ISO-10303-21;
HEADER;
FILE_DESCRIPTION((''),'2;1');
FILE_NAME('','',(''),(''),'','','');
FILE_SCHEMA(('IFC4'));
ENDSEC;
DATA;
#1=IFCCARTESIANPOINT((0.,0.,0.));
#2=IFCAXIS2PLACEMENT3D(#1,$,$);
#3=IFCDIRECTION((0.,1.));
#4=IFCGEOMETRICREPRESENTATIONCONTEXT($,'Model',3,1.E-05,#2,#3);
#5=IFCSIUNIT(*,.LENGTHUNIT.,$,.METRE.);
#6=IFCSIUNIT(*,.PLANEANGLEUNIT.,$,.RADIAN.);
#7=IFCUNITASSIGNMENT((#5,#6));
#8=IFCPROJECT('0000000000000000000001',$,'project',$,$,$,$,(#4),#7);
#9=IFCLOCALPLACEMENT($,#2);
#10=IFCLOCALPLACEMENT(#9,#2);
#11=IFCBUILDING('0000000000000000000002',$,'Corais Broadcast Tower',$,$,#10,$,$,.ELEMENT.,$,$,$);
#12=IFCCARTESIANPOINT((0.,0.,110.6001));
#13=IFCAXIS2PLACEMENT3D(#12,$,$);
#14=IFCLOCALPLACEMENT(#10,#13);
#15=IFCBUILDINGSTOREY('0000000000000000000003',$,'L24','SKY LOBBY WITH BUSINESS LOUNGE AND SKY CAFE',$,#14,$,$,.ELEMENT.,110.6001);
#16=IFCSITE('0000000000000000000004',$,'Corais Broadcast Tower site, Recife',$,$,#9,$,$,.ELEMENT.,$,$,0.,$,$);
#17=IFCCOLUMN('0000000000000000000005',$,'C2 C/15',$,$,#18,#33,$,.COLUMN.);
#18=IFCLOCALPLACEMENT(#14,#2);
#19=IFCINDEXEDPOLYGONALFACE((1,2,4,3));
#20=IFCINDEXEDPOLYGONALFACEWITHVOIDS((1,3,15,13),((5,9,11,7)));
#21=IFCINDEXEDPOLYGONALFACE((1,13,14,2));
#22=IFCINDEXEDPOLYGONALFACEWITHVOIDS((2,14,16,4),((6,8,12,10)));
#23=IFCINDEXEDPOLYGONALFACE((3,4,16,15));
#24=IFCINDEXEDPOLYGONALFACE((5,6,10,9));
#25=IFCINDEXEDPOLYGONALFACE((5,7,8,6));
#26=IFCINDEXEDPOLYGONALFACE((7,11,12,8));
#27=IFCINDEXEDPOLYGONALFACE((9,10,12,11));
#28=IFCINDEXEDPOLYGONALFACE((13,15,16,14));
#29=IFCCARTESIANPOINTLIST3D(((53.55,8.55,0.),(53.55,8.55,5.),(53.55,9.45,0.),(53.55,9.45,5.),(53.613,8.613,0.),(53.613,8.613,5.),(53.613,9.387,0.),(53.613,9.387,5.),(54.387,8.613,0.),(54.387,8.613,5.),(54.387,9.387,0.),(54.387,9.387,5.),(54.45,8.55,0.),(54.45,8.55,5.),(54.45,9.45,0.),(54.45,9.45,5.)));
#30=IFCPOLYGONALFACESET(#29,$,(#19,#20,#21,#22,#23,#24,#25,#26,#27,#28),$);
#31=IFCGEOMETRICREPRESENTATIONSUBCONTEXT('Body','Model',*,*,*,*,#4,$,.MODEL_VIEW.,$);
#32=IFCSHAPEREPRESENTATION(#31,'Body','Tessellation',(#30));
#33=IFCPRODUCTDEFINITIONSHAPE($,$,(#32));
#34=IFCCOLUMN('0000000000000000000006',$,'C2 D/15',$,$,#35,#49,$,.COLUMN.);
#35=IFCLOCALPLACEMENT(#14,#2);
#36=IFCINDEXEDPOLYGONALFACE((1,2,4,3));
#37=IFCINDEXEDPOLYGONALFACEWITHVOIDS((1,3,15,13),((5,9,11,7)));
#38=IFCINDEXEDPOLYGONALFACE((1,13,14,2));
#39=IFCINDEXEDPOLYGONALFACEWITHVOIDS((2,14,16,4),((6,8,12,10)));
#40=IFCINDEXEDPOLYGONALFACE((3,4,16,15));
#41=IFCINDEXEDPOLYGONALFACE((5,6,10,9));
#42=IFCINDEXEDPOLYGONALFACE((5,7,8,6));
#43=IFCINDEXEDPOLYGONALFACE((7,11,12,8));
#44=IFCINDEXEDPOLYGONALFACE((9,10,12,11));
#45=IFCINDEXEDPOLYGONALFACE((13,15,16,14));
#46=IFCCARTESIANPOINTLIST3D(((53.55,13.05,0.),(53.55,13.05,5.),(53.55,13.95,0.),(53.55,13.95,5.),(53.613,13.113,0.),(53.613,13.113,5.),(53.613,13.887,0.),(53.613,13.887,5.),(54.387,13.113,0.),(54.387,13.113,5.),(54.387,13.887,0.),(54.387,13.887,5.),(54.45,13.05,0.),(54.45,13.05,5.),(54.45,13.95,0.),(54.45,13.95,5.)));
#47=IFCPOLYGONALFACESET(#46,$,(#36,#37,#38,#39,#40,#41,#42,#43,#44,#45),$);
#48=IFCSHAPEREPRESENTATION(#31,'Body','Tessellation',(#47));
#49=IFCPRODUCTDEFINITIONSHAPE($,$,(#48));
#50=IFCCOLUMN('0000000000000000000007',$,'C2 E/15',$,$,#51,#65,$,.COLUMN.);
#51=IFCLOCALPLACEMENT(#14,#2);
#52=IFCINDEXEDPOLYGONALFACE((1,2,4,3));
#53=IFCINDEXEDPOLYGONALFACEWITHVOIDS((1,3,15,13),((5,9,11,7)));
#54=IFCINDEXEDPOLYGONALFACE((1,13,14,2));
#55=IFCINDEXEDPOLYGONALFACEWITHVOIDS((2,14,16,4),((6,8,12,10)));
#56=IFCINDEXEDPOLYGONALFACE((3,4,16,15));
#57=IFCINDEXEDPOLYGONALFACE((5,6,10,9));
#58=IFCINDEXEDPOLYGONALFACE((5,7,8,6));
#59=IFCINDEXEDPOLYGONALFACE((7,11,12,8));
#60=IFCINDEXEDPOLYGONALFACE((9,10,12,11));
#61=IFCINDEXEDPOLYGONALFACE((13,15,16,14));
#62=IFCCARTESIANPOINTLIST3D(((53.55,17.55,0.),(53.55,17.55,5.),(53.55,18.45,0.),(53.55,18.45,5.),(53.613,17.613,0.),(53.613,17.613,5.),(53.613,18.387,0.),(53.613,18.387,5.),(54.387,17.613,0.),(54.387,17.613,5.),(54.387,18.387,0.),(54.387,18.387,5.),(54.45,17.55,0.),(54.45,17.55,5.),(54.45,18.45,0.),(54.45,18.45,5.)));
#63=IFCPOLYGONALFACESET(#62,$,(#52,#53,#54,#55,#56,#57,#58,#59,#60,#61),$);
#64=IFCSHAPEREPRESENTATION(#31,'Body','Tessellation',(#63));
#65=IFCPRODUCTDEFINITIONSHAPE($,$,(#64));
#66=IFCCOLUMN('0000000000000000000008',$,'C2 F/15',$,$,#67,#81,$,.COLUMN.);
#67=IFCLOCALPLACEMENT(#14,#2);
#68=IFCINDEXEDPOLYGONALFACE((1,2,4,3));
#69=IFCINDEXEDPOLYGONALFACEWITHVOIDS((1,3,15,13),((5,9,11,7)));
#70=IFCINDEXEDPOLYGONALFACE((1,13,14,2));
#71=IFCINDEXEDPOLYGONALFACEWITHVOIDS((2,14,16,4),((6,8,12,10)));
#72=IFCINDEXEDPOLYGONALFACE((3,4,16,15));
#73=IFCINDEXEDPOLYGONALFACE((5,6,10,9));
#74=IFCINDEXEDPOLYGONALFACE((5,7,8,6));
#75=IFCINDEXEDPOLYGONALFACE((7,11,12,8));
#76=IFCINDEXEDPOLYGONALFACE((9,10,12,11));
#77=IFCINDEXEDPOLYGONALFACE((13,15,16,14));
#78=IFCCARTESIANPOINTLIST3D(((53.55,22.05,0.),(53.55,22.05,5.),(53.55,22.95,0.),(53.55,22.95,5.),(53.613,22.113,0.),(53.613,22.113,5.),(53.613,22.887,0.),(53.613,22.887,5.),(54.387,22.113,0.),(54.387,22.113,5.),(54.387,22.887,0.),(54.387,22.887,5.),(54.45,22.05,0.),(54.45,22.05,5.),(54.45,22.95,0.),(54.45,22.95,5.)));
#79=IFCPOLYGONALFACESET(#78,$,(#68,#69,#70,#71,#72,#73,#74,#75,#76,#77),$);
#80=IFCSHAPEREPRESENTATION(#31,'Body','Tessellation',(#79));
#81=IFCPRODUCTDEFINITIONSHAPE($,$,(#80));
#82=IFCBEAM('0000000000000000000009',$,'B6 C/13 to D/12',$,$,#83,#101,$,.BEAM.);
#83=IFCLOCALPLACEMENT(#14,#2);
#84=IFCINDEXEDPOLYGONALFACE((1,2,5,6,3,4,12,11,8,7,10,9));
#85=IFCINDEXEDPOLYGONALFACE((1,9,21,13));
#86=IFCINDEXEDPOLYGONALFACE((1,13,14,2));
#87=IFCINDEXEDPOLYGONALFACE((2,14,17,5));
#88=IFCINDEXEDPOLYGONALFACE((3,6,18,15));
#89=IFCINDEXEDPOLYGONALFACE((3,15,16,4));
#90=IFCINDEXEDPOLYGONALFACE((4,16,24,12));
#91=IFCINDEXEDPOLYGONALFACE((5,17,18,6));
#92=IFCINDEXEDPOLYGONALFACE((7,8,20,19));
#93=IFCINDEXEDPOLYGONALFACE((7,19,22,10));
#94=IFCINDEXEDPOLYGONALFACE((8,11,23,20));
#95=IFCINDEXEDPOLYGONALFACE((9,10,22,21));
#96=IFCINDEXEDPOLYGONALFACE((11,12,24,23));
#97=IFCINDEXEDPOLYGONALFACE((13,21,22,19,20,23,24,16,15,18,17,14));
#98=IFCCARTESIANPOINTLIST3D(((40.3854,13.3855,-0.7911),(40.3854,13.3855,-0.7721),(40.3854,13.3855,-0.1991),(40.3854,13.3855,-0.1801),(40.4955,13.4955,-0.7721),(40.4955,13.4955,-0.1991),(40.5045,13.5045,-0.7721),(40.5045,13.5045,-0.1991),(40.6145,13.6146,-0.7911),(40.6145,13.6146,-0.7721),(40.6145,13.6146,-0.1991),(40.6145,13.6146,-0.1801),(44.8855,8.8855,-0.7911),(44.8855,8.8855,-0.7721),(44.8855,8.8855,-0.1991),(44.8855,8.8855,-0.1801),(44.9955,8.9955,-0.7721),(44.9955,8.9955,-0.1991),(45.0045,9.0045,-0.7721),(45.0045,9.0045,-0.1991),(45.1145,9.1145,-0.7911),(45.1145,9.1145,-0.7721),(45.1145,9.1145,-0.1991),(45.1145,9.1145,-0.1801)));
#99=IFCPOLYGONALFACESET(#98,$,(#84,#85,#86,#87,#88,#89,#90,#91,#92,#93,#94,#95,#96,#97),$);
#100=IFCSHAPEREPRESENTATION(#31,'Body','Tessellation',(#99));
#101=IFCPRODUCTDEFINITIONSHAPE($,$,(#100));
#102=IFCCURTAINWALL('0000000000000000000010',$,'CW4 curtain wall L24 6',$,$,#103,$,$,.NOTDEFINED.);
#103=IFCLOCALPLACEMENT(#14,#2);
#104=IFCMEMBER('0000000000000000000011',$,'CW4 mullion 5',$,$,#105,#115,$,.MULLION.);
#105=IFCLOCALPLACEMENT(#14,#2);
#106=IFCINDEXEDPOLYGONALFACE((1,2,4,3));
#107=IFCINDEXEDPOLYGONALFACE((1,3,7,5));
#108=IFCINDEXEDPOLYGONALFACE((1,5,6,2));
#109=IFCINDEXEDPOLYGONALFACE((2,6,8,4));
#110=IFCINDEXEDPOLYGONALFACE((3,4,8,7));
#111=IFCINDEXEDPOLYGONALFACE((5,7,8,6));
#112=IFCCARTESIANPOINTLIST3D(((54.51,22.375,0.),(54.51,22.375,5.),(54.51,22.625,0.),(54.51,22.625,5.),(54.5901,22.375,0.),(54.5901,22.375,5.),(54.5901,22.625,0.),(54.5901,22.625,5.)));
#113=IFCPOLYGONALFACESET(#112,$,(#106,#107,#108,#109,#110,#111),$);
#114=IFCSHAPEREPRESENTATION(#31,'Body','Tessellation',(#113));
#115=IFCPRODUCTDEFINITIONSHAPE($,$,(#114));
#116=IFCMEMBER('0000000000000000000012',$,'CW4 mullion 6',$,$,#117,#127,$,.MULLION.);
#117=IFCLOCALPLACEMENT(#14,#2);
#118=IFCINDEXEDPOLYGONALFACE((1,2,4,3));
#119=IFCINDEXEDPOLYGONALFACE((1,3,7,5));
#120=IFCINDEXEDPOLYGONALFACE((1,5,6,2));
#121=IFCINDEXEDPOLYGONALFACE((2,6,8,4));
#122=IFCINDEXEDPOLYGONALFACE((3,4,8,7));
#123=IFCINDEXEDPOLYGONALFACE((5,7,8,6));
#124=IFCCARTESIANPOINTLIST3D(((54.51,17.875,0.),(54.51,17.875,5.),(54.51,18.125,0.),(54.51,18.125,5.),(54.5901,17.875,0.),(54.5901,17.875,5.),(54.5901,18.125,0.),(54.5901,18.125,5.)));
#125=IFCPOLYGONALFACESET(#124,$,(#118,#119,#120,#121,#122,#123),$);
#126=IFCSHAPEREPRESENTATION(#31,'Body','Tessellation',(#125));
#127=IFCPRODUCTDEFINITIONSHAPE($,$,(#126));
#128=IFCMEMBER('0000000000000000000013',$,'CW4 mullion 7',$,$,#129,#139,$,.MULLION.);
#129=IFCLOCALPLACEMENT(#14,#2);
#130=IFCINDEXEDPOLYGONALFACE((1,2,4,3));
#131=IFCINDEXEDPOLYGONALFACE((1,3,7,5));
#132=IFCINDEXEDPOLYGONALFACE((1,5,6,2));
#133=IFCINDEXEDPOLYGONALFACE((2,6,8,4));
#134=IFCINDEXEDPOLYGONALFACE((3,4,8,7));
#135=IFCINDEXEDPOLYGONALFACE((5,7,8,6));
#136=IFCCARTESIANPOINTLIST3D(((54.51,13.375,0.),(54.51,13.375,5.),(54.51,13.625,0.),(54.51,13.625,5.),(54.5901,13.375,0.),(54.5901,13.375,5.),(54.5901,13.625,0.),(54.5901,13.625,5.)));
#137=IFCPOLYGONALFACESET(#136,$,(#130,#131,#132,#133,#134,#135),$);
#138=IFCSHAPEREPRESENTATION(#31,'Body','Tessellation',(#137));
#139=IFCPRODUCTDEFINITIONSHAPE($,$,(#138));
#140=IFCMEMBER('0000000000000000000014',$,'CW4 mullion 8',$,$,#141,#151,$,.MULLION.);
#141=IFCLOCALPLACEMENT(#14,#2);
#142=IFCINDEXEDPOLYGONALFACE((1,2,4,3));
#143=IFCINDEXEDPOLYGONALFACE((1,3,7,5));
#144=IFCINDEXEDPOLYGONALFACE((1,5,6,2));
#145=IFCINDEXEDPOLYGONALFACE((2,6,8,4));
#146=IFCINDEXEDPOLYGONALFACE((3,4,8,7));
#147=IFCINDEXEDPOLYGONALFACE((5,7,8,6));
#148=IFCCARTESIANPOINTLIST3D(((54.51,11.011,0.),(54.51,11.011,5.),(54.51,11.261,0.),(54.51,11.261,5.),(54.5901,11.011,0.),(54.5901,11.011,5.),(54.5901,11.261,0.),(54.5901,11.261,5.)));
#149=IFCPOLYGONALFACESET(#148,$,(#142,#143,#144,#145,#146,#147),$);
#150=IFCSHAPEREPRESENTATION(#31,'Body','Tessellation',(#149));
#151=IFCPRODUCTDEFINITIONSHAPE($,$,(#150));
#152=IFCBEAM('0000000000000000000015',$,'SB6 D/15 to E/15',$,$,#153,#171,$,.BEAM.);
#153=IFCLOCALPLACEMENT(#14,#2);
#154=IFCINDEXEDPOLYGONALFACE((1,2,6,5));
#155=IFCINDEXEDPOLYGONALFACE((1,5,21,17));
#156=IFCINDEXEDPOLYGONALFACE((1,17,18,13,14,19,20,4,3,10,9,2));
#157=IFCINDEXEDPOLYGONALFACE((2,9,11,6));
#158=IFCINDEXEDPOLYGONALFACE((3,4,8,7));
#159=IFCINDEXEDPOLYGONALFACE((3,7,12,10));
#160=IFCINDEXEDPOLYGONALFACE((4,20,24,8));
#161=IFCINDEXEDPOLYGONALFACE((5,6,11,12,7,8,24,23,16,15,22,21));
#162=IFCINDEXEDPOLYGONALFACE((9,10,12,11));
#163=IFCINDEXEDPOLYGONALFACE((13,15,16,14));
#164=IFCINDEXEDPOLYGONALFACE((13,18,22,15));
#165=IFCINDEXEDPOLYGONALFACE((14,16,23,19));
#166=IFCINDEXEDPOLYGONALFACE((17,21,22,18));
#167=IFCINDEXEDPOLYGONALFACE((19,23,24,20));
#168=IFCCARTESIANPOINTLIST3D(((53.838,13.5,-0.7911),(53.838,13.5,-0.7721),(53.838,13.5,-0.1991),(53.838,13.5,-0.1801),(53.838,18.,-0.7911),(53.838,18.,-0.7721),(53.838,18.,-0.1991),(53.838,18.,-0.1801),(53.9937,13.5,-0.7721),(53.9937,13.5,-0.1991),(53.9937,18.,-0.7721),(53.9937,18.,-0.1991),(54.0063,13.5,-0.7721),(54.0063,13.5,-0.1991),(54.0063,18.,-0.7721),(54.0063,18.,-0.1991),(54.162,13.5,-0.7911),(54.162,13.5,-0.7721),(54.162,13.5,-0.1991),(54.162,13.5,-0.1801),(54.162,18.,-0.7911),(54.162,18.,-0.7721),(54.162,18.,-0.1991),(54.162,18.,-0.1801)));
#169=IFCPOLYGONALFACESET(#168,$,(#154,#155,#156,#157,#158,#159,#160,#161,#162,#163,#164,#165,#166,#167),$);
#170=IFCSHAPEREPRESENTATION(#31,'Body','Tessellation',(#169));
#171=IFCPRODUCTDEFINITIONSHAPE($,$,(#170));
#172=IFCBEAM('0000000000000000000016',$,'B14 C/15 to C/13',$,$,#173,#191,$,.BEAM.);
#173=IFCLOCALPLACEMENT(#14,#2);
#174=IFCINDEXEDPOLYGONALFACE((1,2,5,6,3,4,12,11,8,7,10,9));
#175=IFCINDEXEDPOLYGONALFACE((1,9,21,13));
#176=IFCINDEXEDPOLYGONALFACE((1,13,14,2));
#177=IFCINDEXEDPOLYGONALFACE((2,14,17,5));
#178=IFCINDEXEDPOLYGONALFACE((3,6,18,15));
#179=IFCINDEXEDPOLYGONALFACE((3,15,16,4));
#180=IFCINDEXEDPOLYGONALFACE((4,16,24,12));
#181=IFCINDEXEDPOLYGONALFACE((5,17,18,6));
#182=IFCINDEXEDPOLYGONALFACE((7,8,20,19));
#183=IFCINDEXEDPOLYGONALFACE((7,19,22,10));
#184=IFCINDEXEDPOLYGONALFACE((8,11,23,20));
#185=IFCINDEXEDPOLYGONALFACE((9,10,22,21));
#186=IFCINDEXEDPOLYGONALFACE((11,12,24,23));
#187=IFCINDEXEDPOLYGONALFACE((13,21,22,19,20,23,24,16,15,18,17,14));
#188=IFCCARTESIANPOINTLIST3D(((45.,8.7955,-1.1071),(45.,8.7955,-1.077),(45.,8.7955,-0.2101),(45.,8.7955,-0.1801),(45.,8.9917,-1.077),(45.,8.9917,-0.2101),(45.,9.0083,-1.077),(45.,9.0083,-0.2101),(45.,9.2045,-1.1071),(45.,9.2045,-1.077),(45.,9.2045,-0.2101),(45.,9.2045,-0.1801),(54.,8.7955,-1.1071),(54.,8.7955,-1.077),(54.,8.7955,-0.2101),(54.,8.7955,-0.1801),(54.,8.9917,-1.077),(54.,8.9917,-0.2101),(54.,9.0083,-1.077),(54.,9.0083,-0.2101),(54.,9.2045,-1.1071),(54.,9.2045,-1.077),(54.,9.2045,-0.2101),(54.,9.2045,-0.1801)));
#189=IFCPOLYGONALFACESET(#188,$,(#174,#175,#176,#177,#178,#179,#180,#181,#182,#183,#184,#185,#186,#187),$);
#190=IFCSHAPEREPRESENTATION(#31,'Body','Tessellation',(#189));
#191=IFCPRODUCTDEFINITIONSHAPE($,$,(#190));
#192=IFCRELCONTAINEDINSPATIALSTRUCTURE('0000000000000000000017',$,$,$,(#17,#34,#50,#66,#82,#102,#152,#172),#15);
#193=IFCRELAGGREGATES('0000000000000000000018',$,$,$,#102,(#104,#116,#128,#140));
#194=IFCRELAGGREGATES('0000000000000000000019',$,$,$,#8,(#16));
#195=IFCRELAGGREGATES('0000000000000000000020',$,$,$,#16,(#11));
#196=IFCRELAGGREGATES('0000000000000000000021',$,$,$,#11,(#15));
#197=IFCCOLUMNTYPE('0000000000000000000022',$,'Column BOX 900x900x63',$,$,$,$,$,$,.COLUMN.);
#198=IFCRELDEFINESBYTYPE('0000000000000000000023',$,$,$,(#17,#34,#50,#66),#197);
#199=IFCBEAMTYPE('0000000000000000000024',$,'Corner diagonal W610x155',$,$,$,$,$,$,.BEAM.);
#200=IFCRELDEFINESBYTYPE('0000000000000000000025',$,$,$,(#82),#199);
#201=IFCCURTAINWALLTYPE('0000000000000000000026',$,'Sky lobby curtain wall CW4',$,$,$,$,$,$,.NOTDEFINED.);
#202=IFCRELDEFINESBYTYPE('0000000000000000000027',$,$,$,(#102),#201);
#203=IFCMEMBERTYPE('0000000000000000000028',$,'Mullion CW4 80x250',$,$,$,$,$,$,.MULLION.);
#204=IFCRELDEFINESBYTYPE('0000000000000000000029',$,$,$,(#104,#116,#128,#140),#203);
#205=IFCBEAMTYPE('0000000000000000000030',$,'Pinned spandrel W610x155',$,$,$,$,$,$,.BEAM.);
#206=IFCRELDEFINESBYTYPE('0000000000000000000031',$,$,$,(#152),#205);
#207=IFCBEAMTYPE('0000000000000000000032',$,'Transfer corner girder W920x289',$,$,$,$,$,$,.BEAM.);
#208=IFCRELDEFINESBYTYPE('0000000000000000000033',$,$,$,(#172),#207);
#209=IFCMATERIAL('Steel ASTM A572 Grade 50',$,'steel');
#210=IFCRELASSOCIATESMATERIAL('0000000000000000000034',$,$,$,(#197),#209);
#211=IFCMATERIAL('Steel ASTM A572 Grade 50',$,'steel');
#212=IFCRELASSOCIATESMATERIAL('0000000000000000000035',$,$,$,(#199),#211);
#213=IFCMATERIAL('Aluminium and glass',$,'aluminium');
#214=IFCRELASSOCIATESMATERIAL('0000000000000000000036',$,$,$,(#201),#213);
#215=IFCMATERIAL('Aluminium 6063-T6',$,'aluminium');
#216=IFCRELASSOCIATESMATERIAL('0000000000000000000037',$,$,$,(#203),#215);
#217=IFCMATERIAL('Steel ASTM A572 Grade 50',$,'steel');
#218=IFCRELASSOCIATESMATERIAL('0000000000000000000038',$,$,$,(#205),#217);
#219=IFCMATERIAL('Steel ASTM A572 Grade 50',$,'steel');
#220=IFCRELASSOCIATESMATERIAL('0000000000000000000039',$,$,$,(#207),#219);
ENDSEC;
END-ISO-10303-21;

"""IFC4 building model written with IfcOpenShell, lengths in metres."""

from ifc_helpers import new_model, si_unit, direction, frame, origin, origin_2d, place, context, subcontext, project, spatial, rectangle, hollow_rectangle, i_section, extrude, material, material_profile, profile_set, type_object, element, aggregate, save


model = new_model("IFC4")

# Units and contexts
model_context = context("Model", 3, precision=1e-05, world=origin(), true_north=direction((0.0, 1.0)))
body_context = subcontext(model_context, "Body", "Model", "MODEL_VIEW")
ifc_project = project(units=[si_unit("LENGTHUNIT", "METRE"), si_unit("PLANEANGLEUNIT", "RADIAN")], contexts=[model_context])

# Site, building, storey
site_placement = place(None, origin())
site = spatial("IfcSite", under=ifc_project, at=site_placement, Name="Corais Broadcast Tower site, Recife", CompositionType="ELEMENT", RefElevation=0.0)
building_placement = place(site_placement, origin())
building = spatial("IfcBuilding", under=site, at=building_placement, Name="Corais Broadcast Tower", CompositionType="ELEMENT")
storey_placement = place(building_placement, frame((0.0, 0.0, 110.6001)))
storey = spatial("IfcBuildingStorey", under=building, at=storey_placement, Name="L24", Description="SKY LOBBY WITH BUSINESS LOUNGE AND SKY CAFE", CompositionType="ELEMENT", Elevation=110.6001)

# Columns
ifc_material_1 = material(Name="Steel ASTM A572 Grade 50", Category="steel")
ifc_material_profile_1 = material_profile(ifc_material_1, hollow_rectangle(XDim=0.8999, YDim=0.8999, WallThickness=0.063, at=origin_2d()), Name="BOX 900x900x63")
ifc_profile_set_1 = profile_set([ifc_material_profile_1], Name="Steel ASTM A572 Grade 50")
column_type = type_object("IfcColumnType", Name="Column BOX 900x900x63", PredefinedType="COLUMN", material=ifc_profile_set_1)
for number, where, z_axis, x_axis, name in (
    (1, (54.0, 9.0, 0.0), (0.0, 0.0, 1.0), (1.0, 0.0, 0.0), "C2 C/15"),
    (2, (54.0, 13.5, 0.0), (0.0, 0.0, 1.0), (1.0, 0.0, 0.0), "C2 D/15"),
    (3, (54.0, 18.0, 0.0), (0.0, 0.0, 1.0), (1.0, 0.0, 0.0), "C2 E/15"),
    (4, (54.0, 22.5, 0.0), (0.0, 0.0, 1.0), (1.0, 0.0, 0.0), "C2 F/15"),
):
    element("IfcColumn", number, at=place(storey_placement, frame(where, z_axis=z_axis, x_axis=x_axis)), inside=storey, type_object=column_type, Name=name, PredefinedType="COLUMN", context=body_context, shape_type="SweptSolid", body=[
        extrude(hollow_rectangle(XDim=0.8999, YDim=0.8999, WallThickness=0.063, at=origin_2d()), origin(), (0.0, 0.0, 1.0), 5.0),
    ])

# Beam
ifc_material_2 = material(Name="Steel ASTM A572 Grade 50", Category="steel")
ifc_material_profile_2 = material_profile(ifc_material_2, i_section(OverallWidth=0.324, OverallDepth=0.6111, WebThickness=0.0127, FlangeThickness=0.019, at=origin_2d()), Name="W610x155")
ifc_profile_set_2 = profile_set([ifc_material_profile_2], Name="Steel ASTM A572 Grade 50")
beam_type_1 = type_object("IfcBeamType", Name="Corner diagonal W610x155", PredefinedType="BEAM", material=ifc_profile_set_2)
beam_1_placement = place(storey_placement, frame((45.0, 9.0, -0.4856), z_axis=(-0.707107, 0.707107, 0.0), x_axis=(-0.707107, -0.707107, 0.0)))
element("IfcBeam", 5, at=beam_1_placement, inside=storey, type_object=beam_type_1, Name="B6 C/13 to D/12", PredefinedType="BEAM", context=body_context, shape_type="SweptSolid", body=[
    extrude(i_section(OverallWidth=0.324, OverallDepth=0.6111, WebThickness=0.0127, FlangeThickness=0.019, at=origin_2d()), origin(), (0.0, 0.0, 1.0), 6.364),
])

# Curtain wall, members
ifc_material_3 = material(Name="Aluminium and glass", Category="aluminium")
curtain_wall_type = type_object("IfcCurtainWallType", Name="Sky lobby curtain wall CW4", PredefinedType="NOTDEFINED", material=ifc_material_3)
curtain_wall_placement = place(storey_placement, origin())
curtain_wall = element("IfcCurtainWall", 6, at=curtain_wall_placement, inside=storey, type_object=curtain_wall_type, Name="CW4 curtain wall L24 6", PredefinedType="NOTDEFINED")
ifc_material_4 = material(Name="Aluminium 6063-T6", Category="aluminium")
ifc_material_profile_3 = material_profile(ifc_material_4, rectangle(XDim=0.0801, YDim=0.25, at=origin_2d()), Name="Mullion CW4 80x250")
ifc_profile_set_3 = profile_set([ifc_material_profile_3], Name="Aluminium 6063-T6")
member_type_1 = type_object("IfcMemberType", Name="Mullion CW4 80x250", PredefinedType="MULLION", material=ifc_profile_set_3)
member_1_placement = place(storey_placement, frame((54.55, 22.5, 0.0), z_axis=(0.0, 0.0, 1.0), x_axis=(1.0, 0.0, 0.0)))
member_1 = element("IfcMember", 7, at=member_1_placement, type_object=member_type_1, Name="CW4 mullion 5", PredefinedType="MULLION", context=body_context, shape_type="SweptSolid", body=[
    extrude(rectangle(XDim=0.0801, YDim=0.25, at=origin_2d()), origin(), (0.0, 0.0, 1.0), 5.0),
])
member_2_placement = place(storey_placement, frame((54.55, 18.0, 0.0), z_axis=(0.0, 0.0, 1.0), x_axis=(1.0, 0.0, 0.0)))
member_2 = element("IfcMember", 8, at=member_2_placement, type_object=member_type_1, Name="CW4 mullion 6", PredefinedType="MULLION", context=body_context, shape_type="SweptSolid", body=[
    extrude(rectangle(XDim=0.0801, YDim=0.25, at=origin_2d()), origin(), (0.0, 0.0, 1.0), 5.0),
])
member_3_placement = place(storey_placement, frame((54.55, 13.5, 0.0), z_axis=(0.0, 0.0, 1.0), x_axis=(1.0, 0.0, 0.0)))
member_3 = element("IfcMember", 9, at=member_3_placement, type_object=member_type_1, Name="CW4 mullion 7", PredefinedType="MULLION", context=body_context, shape_type="SweptSolid", body=[
    extrude(rectangle(XDim=0.0801, YDim=0.25, at=origin_2d()), origin(), (0.0, 0.0, 1.0), 5.0),
])
member_4_placement = place(storey_placement, frame((54.55, 11.136, 0.0), z_axis=(0.0, 0.0, 1.0), x_axis=(1.0, 0.0, 0.0)))
member_4 = element("IfcMember", 10, at=member_4_placement, type_object=member_type_1, Name="CW4 mullion 8", PredefinedType="MULLION", context=body_context, shape_type="SweptSolid", body=[
    extrude(rectangle(XDim=0.0801, YDim=0.25, at=origin_2d()), origin(), (0.0, 0.0, 1.0), 5.0),
])

# Beams
ifc_material_5 = material(Name="Steel ASTM A572 Grade 50", Category="steel")
ifc_material_profile_4 = material_profile(ifc_material_5, i_section(OverallWidth=0.324, OverallDepth=0.6111, WebThickness=0.0127, FlangeThickness=0.019, at=origin_2d()), Name="W610x155")
ifc_profile_set_4 = profile_set([ifc_material_profile_4], Name="Steel ASTM A572 Grade 50")
beam_type_2 = type_object("IfcBeamType", Name="Pinned spandrel W610x155", PredefinedType="BEAM", material=ifc_profile_set_4)
beam_2_placement = place(storey_placement, frame((54.0, 13.5, -0.4856), z_axis=(0.0, 1.0, 0.0), x_axis=(-1.0, 0.0, 0.0)))
element("IfcBeam", 11, at=beam_2_placement, inside=storey, type_object=beam_type_2, Name="SB6 D/15 to E/15", PredefinedType="BEAM", context=body_context, shape_type="SweptSolid", body=[
    extrude(i_section(OverallWidth=0.324, OverallDepth=0.6111, WebThickness=0.0127, FlangeThickness=0.019, at=origin_2d()), origin(), (0.0, 0.0, 1.0), 4.5),
])
ifc_material_6 = material(Name="Steel ASTM A572 Grade 50", Category="steel")
ifc_material_profile_5 = material_profile(ifc_material_6, i_section(OverallWidth=0.4089, OverallDepth=0.927, WebThickness=0.0166, FlangeThickness=0.03, at=origin_2d()), Name="W920x289")
ifc_profile_set_5 = profile_set([ifc_material_profile_5], Name="Steel ASTM A572 Grade 50")
beam_type_3 = type_object("IfcBeamType", Name="Transfer corner girder W920x289", PredefinedType="BEAM", material=ifc_profile_set_5)
beam_3_placement = place(storey_placement, frame((54.0, 9.0, -0.6436), z_axis=(-1.0, 0.0, 0.0), x_axis=(0.0, -1.0, 0.0)))
element("IfcBeam", 12, at=beam_3_placement, inside=storey, type_object=beam_type_3, Name="B14 C/15 to C/13", PredefinedType="BEAM", context=body_context, shape_type="SweptSolid", body=[
    extrude(i_section(OverallWidth=0.4089, OverallDepth=0.927, WebThickness=0.0166, FlangeThickness=0.03, at=origin_2d()), origin(), (0.0, 0.0, 1.0), 9.0),
])

aggregate(curtain_wall, [member_1, member_2, member_3, member_4])

save(model, "model.ifc")
